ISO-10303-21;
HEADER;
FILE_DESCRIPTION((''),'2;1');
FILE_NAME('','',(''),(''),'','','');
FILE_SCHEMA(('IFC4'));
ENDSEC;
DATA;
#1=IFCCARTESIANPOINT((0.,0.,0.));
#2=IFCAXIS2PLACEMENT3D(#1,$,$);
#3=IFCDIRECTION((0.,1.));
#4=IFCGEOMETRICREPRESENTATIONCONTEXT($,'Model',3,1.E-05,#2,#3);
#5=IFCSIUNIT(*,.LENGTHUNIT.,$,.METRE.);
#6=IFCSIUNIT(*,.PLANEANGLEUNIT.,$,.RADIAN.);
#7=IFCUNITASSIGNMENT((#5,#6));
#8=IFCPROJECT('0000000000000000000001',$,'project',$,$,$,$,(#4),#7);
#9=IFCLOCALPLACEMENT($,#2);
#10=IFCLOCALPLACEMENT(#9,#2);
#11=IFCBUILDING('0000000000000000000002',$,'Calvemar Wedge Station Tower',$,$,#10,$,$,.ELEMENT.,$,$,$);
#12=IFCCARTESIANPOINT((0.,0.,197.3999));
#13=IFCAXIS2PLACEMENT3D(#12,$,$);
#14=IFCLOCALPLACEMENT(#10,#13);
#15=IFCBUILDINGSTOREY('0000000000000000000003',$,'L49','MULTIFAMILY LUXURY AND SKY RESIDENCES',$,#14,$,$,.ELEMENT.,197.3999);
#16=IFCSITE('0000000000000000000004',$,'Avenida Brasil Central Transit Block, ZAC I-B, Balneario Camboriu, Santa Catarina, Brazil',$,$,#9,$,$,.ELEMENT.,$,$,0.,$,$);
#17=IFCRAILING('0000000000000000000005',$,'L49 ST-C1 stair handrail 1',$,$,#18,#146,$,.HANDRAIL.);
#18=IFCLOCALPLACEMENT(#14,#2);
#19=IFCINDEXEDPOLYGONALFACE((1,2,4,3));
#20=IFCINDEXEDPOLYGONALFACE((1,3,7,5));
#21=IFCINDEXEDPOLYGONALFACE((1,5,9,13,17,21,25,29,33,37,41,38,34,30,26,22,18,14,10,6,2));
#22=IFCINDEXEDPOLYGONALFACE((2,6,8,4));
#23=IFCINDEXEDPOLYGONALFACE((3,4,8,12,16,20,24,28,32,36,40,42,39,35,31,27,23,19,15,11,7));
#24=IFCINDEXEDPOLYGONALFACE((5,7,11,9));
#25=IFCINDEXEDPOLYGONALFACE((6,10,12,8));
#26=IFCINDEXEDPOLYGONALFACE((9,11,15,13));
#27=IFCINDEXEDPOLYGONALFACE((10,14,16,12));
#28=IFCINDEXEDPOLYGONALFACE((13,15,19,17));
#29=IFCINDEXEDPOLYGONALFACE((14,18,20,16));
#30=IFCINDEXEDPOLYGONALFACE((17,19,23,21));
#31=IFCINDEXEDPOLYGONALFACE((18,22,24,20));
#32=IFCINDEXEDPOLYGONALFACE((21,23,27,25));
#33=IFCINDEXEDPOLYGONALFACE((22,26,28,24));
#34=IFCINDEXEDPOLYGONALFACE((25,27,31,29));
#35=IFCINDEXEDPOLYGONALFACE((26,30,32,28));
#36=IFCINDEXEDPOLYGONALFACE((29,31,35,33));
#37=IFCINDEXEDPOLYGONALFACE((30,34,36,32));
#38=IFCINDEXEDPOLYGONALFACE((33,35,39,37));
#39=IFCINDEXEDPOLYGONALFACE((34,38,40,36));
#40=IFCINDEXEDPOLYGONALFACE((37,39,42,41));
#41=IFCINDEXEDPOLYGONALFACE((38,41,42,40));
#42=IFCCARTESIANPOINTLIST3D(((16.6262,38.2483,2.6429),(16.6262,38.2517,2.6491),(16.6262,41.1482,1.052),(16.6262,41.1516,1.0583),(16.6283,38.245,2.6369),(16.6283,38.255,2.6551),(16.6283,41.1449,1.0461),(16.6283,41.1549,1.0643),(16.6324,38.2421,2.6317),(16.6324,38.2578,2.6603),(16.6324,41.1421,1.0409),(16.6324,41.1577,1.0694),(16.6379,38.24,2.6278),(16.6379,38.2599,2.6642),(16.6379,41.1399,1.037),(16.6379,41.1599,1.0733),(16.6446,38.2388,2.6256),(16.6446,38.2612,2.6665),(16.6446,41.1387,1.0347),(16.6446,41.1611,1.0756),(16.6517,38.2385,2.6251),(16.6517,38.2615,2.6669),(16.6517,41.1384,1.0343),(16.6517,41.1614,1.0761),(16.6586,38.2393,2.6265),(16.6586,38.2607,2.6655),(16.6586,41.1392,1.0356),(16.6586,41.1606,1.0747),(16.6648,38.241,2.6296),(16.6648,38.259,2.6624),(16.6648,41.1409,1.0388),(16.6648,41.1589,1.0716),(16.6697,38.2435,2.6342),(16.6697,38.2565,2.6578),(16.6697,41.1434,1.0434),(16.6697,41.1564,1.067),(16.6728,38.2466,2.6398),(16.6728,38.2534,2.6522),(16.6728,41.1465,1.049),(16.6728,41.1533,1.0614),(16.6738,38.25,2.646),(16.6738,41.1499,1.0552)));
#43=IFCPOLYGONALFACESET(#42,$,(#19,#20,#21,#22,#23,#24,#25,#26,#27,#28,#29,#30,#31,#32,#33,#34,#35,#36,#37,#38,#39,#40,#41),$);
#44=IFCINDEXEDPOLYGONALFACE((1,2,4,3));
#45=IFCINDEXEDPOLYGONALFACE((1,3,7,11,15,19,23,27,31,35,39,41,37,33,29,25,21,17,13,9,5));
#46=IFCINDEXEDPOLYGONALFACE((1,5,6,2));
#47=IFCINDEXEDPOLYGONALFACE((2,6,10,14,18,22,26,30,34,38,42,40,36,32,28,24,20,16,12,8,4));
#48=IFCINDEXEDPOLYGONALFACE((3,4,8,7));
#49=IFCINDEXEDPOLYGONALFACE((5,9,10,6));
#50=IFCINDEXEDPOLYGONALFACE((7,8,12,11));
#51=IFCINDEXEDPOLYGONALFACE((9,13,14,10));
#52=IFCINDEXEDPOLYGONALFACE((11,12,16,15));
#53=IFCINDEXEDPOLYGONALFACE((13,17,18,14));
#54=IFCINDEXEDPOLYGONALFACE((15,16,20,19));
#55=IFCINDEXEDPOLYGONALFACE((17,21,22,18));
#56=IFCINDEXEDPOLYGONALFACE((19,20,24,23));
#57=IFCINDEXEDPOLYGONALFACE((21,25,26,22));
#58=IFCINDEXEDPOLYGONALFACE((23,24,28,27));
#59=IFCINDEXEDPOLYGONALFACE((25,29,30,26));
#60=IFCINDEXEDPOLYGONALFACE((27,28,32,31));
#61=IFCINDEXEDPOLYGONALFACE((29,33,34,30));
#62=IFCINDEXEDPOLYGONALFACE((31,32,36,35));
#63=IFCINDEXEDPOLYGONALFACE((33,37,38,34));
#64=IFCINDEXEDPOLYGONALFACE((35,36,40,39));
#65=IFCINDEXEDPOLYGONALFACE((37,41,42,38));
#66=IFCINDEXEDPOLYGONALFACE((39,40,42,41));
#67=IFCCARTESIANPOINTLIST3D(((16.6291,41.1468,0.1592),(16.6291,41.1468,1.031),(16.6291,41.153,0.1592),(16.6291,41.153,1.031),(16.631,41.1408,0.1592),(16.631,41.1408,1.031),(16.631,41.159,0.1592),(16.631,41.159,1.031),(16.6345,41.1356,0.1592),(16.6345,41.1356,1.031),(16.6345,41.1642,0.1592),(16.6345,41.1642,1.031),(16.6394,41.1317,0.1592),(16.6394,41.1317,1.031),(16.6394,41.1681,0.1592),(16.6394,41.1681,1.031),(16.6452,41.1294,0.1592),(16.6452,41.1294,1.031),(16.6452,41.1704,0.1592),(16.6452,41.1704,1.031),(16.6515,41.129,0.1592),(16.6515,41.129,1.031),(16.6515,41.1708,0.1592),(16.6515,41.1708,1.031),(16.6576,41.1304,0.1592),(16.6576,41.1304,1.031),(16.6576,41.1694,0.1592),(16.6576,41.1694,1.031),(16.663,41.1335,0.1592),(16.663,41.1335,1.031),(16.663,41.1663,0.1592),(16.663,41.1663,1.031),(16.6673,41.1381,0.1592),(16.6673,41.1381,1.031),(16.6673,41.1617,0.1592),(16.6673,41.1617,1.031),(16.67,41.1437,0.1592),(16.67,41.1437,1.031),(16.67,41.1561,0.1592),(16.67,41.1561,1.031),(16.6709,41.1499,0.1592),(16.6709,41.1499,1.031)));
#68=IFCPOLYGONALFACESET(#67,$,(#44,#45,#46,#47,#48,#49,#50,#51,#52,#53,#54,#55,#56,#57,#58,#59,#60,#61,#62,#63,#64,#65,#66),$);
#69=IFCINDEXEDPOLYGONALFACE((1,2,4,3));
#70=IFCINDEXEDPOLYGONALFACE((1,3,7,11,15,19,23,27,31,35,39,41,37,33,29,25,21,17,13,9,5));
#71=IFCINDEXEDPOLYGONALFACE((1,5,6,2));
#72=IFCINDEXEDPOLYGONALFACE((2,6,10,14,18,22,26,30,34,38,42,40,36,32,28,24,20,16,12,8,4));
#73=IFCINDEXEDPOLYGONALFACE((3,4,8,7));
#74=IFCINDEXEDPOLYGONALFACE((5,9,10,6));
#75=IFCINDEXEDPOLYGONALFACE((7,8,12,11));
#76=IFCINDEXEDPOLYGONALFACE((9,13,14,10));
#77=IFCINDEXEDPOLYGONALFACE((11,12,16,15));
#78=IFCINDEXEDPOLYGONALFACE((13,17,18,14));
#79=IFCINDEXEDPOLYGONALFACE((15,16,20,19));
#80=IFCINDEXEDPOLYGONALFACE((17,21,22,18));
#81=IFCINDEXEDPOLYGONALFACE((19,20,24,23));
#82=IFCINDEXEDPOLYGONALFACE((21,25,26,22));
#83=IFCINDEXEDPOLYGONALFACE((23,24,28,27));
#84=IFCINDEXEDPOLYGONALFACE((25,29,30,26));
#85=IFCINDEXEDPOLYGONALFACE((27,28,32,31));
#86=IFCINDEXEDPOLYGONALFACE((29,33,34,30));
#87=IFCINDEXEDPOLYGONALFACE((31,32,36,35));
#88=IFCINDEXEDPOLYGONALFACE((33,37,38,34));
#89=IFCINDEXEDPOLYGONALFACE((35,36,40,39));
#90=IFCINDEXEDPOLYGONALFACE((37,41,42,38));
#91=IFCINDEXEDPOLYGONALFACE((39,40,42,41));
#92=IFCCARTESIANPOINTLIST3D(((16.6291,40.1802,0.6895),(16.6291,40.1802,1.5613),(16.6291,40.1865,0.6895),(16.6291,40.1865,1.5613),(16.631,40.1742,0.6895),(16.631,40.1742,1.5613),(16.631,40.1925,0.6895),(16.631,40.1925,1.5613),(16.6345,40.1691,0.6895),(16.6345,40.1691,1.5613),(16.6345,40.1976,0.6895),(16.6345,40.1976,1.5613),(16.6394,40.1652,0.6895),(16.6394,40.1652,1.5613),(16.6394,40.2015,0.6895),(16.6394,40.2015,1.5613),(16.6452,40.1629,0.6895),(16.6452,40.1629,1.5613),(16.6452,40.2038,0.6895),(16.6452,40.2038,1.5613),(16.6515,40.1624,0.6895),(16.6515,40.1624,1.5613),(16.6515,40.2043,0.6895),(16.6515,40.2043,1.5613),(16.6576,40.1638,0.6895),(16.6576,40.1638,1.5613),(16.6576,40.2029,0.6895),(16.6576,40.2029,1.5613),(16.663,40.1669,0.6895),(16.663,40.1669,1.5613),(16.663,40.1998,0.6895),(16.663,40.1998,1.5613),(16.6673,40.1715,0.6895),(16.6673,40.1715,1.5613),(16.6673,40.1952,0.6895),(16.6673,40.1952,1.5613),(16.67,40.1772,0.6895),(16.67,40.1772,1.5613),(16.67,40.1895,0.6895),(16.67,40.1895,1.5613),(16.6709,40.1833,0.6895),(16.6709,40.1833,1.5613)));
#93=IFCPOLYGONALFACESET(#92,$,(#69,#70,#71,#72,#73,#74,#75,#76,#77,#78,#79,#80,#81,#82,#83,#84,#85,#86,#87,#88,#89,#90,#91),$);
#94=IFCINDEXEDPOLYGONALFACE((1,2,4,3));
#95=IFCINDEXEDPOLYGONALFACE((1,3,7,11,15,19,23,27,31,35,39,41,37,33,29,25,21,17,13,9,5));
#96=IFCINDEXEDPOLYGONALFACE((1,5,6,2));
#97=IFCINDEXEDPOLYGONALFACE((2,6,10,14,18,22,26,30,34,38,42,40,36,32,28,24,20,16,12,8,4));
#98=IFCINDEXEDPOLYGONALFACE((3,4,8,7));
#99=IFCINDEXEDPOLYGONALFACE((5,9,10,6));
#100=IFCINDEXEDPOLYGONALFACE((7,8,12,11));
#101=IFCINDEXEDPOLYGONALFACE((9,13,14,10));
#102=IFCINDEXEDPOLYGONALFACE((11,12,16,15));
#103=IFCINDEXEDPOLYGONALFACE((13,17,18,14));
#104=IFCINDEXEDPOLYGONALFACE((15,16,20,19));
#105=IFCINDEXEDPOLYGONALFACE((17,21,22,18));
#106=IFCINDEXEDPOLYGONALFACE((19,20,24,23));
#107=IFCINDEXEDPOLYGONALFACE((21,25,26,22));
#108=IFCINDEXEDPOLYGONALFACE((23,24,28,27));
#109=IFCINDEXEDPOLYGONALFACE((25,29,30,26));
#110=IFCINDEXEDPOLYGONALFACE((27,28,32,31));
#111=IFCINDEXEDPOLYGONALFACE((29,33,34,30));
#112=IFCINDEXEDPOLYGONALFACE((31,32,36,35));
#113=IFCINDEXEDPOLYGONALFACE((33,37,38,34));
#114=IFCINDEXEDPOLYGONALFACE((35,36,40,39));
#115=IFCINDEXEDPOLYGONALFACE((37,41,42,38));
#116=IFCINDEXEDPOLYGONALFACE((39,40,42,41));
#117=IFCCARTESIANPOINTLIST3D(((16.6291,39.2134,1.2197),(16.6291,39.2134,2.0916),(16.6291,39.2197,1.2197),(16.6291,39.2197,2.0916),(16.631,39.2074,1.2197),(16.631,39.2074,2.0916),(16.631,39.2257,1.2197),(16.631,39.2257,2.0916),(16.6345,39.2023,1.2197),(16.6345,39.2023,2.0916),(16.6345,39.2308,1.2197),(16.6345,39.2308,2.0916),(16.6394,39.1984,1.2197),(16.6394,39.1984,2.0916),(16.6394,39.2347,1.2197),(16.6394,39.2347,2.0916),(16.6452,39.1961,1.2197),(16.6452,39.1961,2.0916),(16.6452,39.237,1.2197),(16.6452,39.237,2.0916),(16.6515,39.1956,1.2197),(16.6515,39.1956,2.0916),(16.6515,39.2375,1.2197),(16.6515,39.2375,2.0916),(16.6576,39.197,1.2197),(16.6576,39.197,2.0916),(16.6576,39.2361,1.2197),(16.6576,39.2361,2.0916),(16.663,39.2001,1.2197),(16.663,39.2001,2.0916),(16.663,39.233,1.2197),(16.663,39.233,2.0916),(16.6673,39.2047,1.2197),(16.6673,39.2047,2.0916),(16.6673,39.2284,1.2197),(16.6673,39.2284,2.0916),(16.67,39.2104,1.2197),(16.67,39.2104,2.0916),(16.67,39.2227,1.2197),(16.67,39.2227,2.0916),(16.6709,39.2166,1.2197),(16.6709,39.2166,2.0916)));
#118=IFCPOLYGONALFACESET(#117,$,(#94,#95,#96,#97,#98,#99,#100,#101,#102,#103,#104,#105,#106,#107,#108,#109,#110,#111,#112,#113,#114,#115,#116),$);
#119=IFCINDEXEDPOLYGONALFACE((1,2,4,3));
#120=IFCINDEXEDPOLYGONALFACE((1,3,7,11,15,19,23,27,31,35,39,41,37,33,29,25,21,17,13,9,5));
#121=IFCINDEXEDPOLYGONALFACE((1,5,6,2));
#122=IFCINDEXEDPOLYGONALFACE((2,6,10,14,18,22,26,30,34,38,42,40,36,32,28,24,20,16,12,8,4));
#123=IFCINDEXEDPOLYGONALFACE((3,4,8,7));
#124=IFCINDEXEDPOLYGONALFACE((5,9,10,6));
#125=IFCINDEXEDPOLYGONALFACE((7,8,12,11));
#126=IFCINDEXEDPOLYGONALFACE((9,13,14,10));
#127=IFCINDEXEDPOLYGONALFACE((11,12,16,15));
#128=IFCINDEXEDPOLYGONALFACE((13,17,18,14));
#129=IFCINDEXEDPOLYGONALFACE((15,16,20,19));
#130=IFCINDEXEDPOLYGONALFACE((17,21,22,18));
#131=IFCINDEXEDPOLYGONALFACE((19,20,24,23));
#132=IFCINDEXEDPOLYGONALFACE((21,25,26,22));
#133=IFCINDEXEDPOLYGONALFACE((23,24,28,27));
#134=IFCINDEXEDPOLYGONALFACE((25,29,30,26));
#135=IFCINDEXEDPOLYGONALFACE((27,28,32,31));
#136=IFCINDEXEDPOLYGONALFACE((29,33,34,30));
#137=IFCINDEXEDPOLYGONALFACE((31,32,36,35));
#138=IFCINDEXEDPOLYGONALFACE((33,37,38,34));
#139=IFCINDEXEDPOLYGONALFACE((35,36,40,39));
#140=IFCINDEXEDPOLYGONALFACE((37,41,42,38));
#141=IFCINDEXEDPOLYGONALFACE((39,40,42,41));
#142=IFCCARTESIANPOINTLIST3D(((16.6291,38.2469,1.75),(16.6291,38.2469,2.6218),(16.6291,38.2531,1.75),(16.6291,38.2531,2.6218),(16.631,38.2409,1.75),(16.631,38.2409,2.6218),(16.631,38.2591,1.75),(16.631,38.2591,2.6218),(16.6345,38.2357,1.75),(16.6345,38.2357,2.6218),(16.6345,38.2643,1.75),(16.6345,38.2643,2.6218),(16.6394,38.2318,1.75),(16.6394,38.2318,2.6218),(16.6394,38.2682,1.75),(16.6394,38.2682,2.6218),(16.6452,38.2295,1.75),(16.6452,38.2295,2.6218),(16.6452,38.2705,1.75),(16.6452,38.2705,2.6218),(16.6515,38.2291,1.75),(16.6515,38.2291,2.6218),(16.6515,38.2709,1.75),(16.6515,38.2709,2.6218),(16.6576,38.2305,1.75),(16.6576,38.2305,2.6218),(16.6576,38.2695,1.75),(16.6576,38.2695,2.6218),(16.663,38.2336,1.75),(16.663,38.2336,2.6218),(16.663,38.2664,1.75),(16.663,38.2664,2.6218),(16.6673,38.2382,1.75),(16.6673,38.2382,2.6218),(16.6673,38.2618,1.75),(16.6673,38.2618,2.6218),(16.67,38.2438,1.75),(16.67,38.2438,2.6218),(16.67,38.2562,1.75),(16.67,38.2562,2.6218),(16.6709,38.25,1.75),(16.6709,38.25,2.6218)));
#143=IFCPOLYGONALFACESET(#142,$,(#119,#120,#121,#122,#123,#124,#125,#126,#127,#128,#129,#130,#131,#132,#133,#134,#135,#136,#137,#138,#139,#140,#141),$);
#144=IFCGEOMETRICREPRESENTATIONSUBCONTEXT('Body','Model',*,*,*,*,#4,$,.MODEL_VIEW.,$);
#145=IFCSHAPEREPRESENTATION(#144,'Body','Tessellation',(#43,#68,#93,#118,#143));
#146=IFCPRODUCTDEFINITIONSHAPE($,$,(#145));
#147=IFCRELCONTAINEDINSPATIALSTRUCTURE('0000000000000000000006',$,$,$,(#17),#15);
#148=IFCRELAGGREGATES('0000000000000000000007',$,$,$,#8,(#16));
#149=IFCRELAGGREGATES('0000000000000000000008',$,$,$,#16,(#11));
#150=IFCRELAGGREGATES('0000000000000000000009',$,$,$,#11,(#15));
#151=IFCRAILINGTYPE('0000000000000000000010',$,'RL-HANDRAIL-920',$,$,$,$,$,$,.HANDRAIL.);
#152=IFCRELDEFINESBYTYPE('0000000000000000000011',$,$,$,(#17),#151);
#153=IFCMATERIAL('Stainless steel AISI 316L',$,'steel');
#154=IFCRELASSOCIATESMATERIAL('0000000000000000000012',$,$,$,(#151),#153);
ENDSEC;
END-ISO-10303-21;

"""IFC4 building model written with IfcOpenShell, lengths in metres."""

from ifc_helpers import new_model, si_unit, direction, frame, origin, origin_2d, place, context, subcontext, project, spatial, circle, extrude, material, type_object, element, save


model = new_model("IFC4")

# Units and contexts
model_context = context("Model", 3, precision=1e-05, world=origin(), true_north=direction((0.0, 1.0)))
body_context = subcontext(model_context, "Body", "Model", "MODEL_VIEW")
ifc_project = project(units=[si_unit("LENGTHUNIT", "METRE"), si_unit("PLANEANGLEUNIT", "RADIAN")], contexts=[model_context])

# Site, building, storey
site_placement = place(None, origin())
site = spatial("IfcSite", under=ifc_project, at=site_placement, Name="Avenida Brasil Central Transit Block, ZAC I-B, Balneario Camboriu, Santa Catarina, Brazil", CompositionType="ELEMENT", RefElevation=0.0)
building_placement = place(site_placement, origin())
building = spatial("IfcBuilding", under=site, at=building_placement, Name="Calvemar Wedge Station Tower", CompositionType="ELEMENT")
storey_placement = place(building_placement, frame((0.0, 0.0, 197.3999)))
storey = spatial("IfcBuildingStorey", under=building, at=storey_placement, Name="L49", Description="MULTIFAMILY LUXURY AND SKY RESIDENCES", CompositionType="ELEMENT", Elevation=197.3999)

# Railing
ifc_material_1 = material(Name="Stainless steel AISI 316L", Category="steel")
railing_type_1 = type_object("IfcRailingType", Name="RL-HANDRAIL-920", PredefinedType="HANDRAIL", material=ifc_material_1)
railing_1_placement = place(storey_placement, frame((16.6499, 41.1499, 0.1592)))
element("IfcRailing", 1, at=railing_1_placement, inside=storey, type_object=railing_type_1, Name="L49 ST-C1 stair handrail 1", PredefinedType="HANDRAIL", context=body_context, shape_type="SweptSolid", body=[
    extrude(circle(Radius=0.0239, at=origin_2d()), frame((0.0, 0.0, 0.896), z_axis=(0.0, -0.876742, 0.480961), x_axis=(1.0, 0.0, 0.0)), (0.0, 0.0, 1.0), 3.3076),
    extrude(circle(Radius=0.021, at=origin_2d()), origin(), (0.0, 0.0, 1.0), 0.8718),
    extrude(circle(Radius=0.021, at=origin_2d()), frame((0.0, -0.9666, 0.5303)), (0.0, 0.0, 1.0), 0.8718),
    extrude(circle(Radius=0.021, at=origin_2d()), frame((0.0, -1.9333, 1.0605)), (0.0, 0.0, 1.0), 0.8718),
    extrude(circle(Radius=0.021, at=origin_2d()), frame((0.0, -2.8999, 1.5908)), (0.0, 0.0, 1.0), 0.8718),
])

save(model, "model.ifc")
